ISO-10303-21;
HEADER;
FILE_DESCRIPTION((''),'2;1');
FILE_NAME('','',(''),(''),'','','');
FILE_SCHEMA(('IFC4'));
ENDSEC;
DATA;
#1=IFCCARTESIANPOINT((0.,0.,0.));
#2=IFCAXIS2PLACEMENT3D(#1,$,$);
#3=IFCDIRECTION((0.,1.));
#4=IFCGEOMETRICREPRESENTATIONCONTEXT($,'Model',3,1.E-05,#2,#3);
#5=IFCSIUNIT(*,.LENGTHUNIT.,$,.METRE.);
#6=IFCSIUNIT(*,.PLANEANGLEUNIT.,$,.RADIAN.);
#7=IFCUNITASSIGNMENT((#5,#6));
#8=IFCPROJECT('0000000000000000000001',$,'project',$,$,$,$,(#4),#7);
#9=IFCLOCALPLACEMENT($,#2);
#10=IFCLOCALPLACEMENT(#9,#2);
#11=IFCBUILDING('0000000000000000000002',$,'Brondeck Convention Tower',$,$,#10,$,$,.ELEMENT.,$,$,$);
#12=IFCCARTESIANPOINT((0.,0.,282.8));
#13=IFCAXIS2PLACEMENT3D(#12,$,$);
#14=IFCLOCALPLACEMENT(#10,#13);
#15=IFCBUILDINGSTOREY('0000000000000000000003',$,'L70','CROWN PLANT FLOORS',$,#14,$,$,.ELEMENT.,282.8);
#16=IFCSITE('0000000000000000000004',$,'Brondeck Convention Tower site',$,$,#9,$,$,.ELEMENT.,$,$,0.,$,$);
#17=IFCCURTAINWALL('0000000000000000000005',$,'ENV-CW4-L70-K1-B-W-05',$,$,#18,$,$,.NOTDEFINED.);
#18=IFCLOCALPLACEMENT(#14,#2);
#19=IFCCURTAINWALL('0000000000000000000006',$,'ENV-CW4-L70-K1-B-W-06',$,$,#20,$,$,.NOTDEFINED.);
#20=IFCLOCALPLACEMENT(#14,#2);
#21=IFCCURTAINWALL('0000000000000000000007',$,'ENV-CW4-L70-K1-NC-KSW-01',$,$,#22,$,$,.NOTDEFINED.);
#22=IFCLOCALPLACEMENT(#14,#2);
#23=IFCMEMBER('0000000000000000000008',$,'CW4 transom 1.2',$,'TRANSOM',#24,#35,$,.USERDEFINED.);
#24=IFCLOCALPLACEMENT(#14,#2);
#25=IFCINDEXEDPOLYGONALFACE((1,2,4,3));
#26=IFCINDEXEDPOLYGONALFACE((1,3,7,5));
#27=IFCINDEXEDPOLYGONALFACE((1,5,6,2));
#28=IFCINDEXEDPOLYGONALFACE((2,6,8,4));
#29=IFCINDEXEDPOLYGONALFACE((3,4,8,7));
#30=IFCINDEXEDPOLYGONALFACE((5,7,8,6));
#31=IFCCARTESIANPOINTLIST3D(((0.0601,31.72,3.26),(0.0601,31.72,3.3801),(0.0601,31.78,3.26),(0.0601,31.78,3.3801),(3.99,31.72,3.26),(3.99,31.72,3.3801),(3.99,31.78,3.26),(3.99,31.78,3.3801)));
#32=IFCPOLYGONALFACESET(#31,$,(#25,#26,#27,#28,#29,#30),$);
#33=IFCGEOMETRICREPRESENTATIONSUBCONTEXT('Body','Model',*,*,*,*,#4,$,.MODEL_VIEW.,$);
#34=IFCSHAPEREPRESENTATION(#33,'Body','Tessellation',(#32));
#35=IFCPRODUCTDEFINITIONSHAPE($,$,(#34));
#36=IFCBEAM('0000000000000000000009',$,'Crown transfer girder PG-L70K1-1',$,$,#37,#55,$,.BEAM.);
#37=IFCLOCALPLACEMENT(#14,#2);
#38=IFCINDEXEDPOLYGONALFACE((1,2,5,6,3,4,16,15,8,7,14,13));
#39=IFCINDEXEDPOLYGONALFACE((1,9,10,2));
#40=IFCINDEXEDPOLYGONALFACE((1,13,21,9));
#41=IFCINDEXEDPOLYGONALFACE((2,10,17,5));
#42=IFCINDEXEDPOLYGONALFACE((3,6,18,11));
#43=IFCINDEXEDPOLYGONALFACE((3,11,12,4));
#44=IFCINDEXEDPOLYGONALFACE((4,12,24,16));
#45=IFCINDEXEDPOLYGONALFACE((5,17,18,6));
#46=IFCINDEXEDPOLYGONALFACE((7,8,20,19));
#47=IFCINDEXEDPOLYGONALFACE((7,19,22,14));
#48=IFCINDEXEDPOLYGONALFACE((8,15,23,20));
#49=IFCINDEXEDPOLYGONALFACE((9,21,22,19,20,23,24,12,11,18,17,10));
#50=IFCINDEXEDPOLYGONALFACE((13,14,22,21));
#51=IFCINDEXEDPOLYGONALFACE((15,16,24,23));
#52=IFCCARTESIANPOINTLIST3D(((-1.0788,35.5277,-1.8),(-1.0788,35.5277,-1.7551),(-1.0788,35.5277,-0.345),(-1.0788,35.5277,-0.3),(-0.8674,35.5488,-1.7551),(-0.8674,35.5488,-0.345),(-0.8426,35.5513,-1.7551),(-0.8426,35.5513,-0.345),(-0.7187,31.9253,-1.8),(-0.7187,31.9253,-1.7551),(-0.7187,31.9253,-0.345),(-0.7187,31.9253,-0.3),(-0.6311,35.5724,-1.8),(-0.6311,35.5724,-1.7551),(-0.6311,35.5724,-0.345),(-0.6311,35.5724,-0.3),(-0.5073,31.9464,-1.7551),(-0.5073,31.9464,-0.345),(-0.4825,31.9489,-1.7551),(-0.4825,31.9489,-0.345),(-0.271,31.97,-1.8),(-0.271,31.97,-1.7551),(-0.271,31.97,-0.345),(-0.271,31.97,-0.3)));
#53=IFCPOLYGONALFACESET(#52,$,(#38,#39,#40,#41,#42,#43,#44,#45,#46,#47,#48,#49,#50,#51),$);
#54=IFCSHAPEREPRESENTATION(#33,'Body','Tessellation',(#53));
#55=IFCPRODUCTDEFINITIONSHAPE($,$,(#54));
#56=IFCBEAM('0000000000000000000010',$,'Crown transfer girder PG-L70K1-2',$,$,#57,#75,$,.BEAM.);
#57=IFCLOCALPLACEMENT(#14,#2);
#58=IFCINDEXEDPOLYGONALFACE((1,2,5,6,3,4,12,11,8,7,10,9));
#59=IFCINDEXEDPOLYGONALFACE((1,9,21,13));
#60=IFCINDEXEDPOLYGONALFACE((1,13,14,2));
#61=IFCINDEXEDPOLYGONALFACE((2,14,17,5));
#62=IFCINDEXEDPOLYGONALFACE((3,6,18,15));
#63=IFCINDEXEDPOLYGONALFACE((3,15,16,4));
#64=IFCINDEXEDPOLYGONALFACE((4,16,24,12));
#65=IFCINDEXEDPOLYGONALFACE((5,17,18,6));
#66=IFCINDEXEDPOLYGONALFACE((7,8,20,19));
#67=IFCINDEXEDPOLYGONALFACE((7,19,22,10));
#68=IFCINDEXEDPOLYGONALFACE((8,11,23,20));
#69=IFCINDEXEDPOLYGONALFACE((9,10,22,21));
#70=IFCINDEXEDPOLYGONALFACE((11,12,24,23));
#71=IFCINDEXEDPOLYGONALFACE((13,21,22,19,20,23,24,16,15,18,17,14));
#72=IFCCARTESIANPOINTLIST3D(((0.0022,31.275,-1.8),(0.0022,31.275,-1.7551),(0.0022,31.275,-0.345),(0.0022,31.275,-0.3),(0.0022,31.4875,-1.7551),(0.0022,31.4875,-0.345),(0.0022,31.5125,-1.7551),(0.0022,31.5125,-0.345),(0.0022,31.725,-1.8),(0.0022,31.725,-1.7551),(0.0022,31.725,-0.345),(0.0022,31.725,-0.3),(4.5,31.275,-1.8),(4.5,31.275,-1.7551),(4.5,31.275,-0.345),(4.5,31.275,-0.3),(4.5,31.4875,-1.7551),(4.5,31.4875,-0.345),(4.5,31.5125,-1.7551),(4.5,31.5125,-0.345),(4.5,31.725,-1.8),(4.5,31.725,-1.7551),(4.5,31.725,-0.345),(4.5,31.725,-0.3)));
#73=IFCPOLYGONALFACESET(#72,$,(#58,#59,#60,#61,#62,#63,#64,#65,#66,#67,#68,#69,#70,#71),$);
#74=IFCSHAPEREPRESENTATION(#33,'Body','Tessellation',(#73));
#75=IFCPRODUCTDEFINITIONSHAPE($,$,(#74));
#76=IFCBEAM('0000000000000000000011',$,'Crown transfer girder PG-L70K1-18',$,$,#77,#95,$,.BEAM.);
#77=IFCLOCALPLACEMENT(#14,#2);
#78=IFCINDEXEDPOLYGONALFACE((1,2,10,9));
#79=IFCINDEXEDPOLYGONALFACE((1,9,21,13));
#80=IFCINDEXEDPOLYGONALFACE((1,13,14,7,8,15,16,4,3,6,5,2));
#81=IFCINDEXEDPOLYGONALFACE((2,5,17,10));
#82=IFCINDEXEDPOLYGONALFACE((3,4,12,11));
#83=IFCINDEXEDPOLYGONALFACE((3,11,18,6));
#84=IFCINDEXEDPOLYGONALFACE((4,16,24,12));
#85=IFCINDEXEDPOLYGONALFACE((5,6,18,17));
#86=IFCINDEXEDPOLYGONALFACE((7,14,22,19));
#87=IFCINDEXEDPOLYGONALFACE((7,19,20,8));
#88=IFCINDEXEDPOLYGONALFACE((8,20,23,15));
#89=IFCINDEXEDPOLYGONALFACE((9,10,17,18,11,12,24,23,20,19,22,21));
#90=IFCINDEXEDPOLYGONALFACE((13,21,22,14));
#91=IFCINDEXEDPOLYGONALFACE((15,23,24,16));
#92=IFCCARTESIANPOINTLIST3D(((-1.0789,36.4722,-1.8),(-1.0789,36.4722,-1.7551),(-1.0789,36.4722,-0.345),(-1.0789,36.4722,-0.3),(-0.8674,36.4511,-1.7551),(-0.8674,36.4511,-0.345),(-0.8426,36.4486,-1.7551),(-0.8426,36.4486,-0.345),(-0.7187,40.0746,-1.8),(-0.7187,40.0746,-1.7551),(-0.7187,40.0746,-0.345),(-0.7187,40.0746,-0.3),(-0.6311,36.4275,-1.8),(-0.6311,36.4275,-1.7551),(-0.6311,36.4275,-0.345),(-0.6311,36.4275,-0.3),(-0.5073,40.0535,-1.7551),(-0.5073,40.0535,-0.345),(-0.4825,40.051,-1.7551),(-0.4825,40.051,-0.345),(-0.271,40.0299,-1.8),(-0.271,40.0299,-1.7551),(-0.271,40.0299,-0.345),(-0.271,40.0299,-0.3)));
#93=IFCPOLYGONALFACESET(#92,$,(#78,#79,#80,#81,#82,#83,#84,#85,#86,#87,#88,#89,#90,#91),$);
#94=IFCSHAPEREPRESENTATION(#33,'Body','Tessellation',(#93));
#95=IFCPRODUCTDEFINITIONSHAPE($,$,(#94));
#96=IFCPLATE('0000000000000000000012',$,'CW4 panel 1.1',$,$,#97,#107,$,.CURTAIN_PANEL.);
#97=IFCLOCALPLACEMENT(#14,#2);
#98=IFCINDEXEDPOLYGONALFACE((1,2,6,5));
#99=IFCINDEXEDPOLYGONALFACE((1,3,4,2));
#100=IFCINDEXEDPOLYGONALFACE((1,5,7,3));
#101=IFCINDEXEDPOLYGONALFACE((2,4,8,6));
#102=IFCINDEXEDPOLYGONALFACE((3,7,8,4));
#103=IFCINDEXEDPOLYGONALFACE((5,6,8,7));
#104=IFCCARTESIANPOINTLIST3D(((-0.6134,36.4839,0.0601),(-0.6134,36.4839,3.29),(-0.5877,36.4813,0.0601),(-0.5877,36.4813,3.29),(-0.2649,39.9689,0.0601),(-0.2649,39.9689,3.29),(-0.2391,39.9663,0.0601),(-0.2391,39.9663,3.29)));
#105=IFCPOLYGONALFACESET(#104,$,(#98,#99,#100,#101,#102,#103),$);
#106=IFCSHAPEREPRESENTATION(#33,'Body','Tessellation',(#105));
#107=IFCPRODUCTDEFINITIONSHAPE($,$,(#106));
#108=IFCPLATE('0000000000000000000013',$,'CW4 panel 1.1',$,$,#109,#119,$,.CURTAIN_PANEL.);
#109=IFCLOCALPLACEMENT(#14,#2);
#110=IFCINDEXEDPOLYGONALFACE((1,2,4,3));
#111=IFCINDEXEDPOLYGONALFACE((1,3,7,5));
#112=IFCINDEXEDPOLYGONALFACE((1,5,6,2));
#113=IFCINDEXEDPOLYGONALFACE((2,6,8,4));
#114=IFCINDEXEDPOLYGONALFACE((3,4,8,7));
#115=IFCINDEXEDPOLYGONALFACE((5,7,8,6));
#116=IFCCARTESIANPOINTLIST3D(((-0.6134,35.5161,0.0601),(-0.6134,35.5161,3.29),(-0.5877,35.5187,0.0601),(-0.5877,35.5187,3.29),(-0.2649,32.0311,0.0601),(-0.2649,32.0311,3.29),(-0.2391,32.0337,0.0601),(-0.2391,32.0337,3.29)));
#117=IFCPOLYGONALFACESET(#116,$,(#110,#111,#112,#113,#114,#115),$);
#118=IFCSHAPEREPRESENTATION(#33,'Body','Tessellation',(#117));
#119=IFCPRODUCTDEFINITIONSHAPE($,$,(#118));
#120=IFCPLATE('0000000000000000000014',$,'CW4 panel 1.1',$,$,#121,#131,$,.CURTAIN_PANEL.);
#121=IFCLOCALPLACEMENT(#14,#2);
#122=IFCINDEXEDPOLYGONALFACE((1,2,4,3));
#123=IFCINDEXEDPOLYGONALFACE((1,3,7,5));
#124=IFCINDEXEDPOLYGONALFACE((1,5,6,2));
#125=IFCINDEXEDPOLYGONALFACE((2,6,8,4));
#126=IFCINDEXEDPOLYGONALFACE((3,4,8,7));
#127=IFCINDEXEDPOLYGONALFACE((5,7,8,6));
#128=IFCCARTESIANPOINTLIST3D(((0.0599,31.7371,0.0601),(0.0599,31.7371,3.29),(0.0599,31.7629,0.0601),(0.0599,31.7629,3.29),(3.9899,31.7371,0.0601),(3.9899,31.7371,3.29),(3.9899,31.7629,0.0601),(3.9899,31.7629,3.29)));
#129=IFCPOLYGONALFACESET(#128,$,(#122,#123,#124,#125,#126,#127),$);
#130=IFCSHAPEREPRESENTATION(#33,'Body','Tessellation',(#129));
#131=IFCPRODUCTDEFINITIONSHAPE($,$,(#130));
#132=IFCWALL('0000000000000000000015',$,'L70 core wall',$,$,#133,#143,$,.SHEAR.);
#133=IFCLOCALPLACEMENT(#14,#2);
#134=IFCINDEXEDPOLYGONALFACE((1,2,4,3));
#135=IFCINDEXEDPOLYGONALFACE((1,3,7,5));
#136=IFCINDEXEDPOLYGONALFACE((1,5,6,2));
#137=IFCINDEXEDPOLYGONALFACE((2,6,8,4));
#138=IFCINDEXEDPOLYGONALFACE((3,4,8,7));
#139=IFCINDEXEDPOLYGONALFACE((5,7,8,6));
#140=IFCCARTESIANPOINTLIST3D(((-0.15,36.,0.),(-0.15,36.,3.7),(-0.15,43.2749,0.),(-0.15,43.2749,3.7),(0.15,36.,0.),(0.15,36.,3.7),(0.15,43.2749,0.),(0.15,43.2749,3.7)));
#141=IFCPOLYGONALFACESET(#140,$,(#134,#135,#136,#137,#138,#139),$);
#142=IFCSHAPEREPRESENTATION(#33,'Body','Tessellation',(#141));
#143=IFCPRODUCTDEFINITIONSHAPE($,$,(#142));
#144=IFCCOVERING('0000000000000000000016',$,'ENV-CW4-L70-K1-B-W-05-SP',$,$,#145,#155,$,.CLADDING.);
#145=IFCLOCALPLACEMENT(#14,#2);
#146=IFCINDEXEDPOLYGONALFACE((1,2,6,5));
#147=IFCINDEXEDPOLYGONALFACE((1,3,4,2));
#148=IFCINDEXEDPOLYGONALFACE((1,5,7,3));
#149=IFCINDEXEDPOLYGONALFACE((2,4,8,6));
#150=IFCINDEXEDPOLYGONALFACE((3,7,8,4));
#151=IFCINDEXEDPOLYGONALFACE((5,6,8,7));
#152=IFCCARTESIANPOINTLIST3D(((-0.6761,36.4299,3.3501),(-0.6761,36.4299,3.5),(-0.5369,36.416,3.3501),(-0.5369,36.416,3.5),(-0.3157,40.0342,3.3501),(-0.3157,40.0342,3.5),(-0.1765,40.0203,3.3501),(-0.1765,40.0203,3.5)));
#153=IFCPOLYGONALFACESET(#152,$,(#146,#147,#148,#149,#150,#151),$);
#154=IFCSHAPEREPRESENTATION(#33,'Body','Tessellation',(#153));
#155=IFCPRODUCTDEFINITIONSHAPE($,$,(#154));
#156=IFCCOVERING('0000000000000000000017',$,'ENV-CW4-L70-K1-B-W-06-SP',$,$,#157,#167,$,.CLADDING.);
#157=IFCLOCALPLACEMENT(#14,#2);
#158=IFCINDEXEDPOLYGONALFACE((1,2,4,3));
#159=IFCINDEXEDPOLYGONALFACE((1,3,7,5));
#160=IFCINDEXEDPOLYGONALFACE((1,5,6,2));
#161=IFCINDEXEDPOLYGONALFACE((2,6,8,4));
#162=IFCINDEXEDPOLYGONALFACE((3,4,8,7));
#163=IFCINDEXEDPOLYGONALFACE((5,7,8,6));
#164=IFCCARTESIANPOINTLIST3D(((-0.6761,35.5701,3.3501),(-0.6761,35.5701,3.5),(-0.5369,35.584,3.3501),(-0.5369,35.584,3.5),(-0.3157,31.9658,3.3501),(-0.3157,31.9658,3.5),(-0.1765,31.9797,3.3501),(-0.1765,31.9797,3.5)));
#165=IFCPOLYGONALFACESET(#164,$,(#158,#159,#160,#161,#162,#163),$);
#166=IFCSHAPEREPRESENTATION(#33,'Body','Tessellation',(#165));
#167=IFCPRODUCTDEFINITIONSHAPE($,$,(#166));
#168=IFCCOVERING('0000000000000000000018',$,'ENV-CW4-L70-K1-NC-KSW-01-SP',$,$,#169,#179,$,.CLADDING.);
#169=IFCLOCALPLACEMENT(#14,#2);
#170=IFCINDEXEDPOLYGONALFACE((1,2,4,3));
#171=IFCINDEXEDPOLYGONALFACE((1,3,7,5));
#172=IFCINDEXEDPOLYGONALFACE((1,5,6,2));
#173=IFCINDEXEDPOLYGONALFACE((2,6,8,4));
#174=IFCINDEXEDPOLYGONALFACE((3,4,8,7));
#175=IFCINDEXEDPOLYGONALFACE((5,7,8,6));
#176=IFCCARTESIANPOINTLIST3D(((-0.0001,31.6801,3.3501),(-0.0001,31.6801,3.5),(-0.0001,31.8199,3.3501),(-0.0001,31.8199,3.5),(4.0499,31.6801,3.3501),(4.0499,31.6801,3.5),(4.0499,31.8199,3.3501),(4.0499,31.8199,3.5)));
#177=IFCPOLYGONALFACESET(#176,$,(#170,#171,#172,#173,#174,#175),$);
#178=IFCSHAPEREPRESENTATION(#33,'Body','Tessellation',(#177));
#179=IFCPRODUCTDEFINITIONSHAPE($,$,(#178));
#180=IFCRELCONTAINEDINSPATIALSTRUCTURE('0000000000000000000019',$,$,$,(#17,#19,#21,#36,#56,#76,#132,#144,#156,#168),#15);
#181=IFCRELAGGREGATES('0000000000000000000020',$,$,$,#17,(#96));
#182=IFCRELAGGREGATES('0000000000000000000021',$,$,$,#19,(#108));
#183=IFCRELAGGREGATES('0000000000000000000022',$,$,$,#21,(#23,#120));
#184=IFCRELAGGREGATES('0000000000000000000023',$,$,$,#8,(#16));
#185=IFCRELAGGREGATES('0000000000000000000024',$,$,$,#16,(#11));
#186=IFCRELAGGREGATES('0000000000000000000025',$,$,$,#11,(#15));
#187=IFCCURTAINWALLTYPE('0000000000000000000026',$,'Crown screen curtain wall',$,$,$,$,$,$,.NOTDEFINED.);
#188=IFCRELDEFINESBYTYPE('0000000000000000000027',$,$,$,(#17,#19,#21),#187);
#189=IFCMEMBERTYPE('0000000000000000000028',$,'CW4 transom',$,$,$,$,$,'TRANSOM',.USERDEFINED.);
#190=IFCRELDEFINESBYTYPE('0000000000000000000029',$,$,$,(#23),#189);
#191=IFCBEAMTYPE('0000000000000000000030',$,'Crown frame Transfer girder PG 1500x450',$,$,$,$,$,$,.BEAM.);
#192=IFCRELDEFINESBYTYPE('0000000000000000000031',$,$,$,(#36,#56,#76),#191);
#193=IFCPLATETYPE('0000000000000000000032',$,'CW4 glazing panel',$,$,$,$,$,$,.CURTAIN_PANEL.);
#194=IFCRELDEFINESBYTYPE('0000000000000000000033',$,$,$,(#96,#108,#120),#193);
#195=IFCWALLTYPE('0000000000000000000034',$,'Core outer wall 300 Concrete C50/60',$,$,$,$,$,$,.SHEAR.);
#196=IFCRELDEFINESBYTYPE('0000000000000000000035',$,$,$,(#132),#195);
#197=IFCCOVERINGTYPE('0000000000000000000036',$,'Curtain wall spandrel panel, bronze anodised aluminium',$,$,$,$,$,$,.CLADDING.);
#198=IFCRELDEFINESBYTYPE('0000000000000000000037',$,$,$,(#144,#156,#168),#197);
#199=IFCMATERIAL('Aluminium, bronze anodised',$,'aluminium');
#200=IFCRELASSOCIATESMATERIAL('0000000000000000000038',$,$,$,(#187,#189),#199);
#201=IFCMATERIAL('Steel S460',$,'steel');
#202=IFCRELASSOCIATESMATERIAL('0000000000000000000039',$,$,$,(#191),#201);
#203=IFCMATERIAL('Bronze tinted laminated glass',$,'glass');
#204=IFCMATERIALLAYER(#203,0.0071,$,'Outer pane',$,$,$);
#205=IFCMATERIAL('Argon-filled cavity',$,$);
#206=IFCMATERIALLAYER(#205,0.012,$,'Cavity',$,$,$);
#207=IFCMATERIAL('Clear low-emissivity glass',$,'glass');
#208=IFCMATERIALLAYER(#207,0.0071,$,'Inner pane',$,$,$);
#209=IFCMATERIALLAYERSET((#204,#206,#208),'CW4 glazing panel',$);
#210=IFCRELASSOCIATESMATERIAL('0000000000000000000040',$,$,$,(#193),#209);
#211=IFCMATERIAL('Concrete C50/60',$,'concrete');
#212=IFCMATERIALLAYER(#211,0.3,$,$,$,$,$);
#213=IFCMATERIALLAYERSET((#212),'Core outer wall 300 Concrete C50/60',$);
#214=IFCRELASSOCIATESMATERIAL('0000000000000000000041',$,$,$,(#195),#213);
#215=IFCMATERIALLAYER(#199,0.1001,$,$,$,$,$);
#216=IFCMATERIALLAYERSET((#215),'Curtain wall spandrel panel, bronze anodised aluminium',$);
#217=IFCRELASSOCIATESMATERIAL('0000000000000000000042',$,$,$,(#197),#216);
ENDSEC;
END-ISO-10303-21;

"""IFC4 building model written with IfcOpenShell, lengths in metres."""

from ifc_helpers import new_model, si_unit, direction, frame, frame_2d, origin, origin_2d, place, context, subcontext, project, spatial, rectangle, i_section, extrude, material, layer, layer_set, material_profile, profile_set, type_object, element, aggregate, save


model = new_model("IFC4")

# Units and contexts
model_context = context("Model", 3, precision=1e-05, world=origin(), true_north=direction((0.0, 1.0)))
body_context = subcontext(model_context, "Body", "Model", "MODEL_VIEW")
ifc_project = project(units=[si_unit("LENGTHUNIT", "METRE"), si_unit("PLANEANGLEUNIT", "RADIAN")], contexts=[model_context])

# Site, building, storey
site_placement = place(None, origin())
site = spatial("IfcSite", under=ifc_project, at=site_placement, Name="Brondeck Convention Tower site", CompositionType="ELEMENT", RefElevation=0.0)
building_placement = place(site_placement, origin())
building = spatial("IfcBuilding", under=site, at=building_placement, Name="Brondeck Convention Tower", CompositionType="ELEMENT")
storey_placement = place(building_placement, frame((0.0, 0.0, 282.8)))
storey = spatial("IfcBuildingStorey", under=building, at=storey_placement, Name="L70", Description="CROWN PLANT FLOORS", CompositionType="ELEMENT", Elevation=282.8)

# Shared definitions
ifc_material_1 = material(Name="Concrete C50/60", Category="concrete")

# Shared definitions
ifc_material_2 = material(Name="Aluminium, bronze anodised", Category="aluminium")
curtain_wall_type = type_object("IfcCurtainWallType", Name="Crown screen curtain wall", PredefinedType="NOTDEFINED", material=ifc_material_2)

# Curtain walls
curtain_wall_1_placement = place(storey_placement, origin())
curtain_wall_1 = element("IfcCurtainWall", 1, at=curtain_wall_1_placement, inside=storey, type_object=curtain_wall_type, Name="ENV-CW4-L70-K1-B-W-05", PredefinedType="NOTDEFINED")
curtain_wall_2_placement = place(storey_placement, origin())
curtain_wall_2 = element("IfcCurtainWall", 2, at=curtain_wall_2_placement, inside=storey, type_object=curtain_wall_type, Name="ENV-CW4-L70-K1-B-W-06", PredefinedType="NOTDEFINED")
curtain_wall_3_placement = place(storey_placement, origin())
curtain_wall_3 = element("IfcCurtainWall", 3, at=curtain_wall_3_placement, inside=storey, type_object=curtain_wall_type, Name="ENV-CW4-L70-K1-NC-KSW-01", PredefinedType="NOTDEFINED")

# Member
ifc_material_profile_1 = material_profile(ifc_material_2, rectangle(XDim=0.0601, YDim=0.1201, at=origin_2d()), Name="CW4 transom")
ifc_profile_set_1 = profile_set([ifc_material_profile_1], Name="Aluminium, bronze anodised")
member_type_1 = type_object("IfcMemberType", Name="CW4 transom", ElementType="TRANSOM", PredefinedType="USERDEFINED", material=ifc_profile_set_1)
member_1_placement = place(storey_placement, frame((3.99, 31.75, 3.3201), z_axis=(-1.0, 0.0, 0.0), x_axis=(0.0, -1.0, 0.0)))
member_1 = element("IfcMember", 4, at=member_1_placement, type_object=member_type_1, Name="CW4 transom 1.2", ObjectType="TRANSOM", PredefinedType="USERDEFINED", context=body_context, shape_type="SweptSolid", body=[
    extrude(rectangle(XDim=0.0601, YDim=0.1201, at=origin_2d()), origin(), (0.0, 0.0, 1.0), 3.9299),
])

# Beams
ifc_material_3 = material(Name="Steel S460", Category="steel")
ifc_material_profile_2 = material_profile(ifc_material_3, i_section(OverallWidth=0.45, OverallDepth=1.5, WebThickness=0.0249, FlangeThickness=0.0449, at=origin_2d()), Name="PG 1500x450")
ifc_profile_set_2 = profile_set([ifc_material_profile_2], Name="Steel S460")
beam_type = type_object("IfcBeamType", Name="Crown frame Transfer girder PG 1500x450", PredefinedType="BEAM", material=ifc_profile_set_2)
beam_1_placement = place(storey_placement, frame((-0.855, 35.55, -1.05), z_axis=(0.09947, -0.995041, 0.0), x_axis=(0.995041, 0.09947, 0.0)))
element("IfcBeam", 5, at=beam_1_placement, inside=storey, type_object=beam_type, Name="Crown transfer girder PG-L70K1-1", PredefinedType="BEAM", context=body_context, shape_type="SweptSolid", body=[
    extrude(i_section(OverallWidth=0.45, OverallDepth=1.5, WebThickness=0.0249, FlangeThickness=0.0449, at=origin_2d()), origin(), (0.0, 0.0, 1.0), 3.6204),
])
beam_2_placement = place(storey_placement, frame((0.0022, 31.5, -1.05), z_axis=(1.0, 0.0, 0.0), x_axis=(0.0, 1.0, 0.0)))
element("IfcBeam", 6, at=beam_2_placement, inside=storey, type_object=beam_type, Name="Crown transfer girder PG-L70K1-2", PredefinedType="BEAM", context=body_context, shape_type="SweptSolid", body=[
    extrude(i_section(OverallWidth=0.45, OverallDepth=1.5, WebThickness=0.0249, FlangeThickness=0.0449, at=origin_2d()), origin(), (0.0, 0.0, 1.0), 4.4978),
])
beam_3_placement = place(storey_placement, frame((-0.4949, 40.0522, -1.05), z_axis=(-0.09947, -0.995041, 0.0), x_axis=(0.995041, -0.09947, 0.0)))
element("IfcBeam", 7, at=beam_3_placement, inside=storey, type_object=beam_type, Name="Crown transfer girder PG-L70K1-18", PredefinedType="BEAM", context=body_context, shape_type="SweptSolid", body=[
    extrude(i_section(OverallWidth=0.45, OverallDepth=1.5, WebThickness=0.0249, FlangeThickness=0.0449, at=origin_2d()), origin(), (0.0, 0.0, 1.0), 3.6204),
])

# Plates
ifc_material_4 = material(Name="Bronze tinted laminated glass", Category="glass")
ifc_layer_1 = layer(ifc_material_4, 0.0071, Name="Outer pane")
ifc_material_5 = material(Name="Argon-filled cavity")
ifc_layer_2 = layer(ifc_material_5, 0.012, Name="Cavity")
ifc_material_6 = material(Name="Clear low-emissivity glass", Category="glass")
ifc_layer_3 = layer(ifc_material_6, 0.0071, Name="Inner pane")
ifc_layer_set_1 = layer_set([ifc_layer_1, ifc_layer_2, ifc_layer_3], Name="CW4 glazing panel")
plate_type = type_object("IfcPlateType", Name="CW4 glazing panel", PredefinedType="CURTAIN_PANEL", material=ifc_layer_set_1)
plate_1_placement = place(storey_placement, frame((-0.4263, 38.2251, 0.0601), z_axis=(0.0, 0.0, 1.0), x_axis=(0.099517, 0.995036, 0.0)))
plate_1 = element("IfcPlate", 8, at=plate_1_placement, type_object=plate_type, Name="CW4 panel 1.1", PredefinedType="CURTAIN_PANEL", context=body_context, shape_type="SweptSolid", body=[
    extrude(rectangle(XDim=3.5024, YDim=0.0259, at=origin_2d()), origin(), (0.0, 0.0, 1.0), 3.23),
])
aggregate(curtain_wall_1, [plate_1])
plate_2_placement = place(storey_placement, frame((-0.4263, 33.7749, 0.0601), z_axis=(0.0, 0.0, 1.0), x_axis=(-0.099517, 0.995036, 0.0)))
plate_2 = element("IfcPlate", 9, at=plate_2_placement, type_object=plate_type, Name="CW4 panel 1.1", PredefinedType="CURTAIN_PANEL", context=body_context, shape_type="SweptSolid", body=[
    extrude(rectangle(XDim=3.5024, YDim=0.0259, at=origin_2d()), origin(), (0.0, 0.0, 1.0), 3.23),
])
aggregate(curtain_wall_2, [plate_2])
plate_3_placement = place(storey_placement, frame((2.0249, 31.75, 0.0601), z_axis=(0.0, 0.0, 1.0), x_axis=(-1.0, 0.0, 0.0)))
plate_3 = element("IfcPlate", 10, at=plate_3_placement, type_object=plate_type, Name="CW4 panel 1.1", PredefinedType="CURTAIN_PANEL", context=body_context, shape_type="SweptSolid", body=[
    extrude(rectangle(XDim=3.9299, YDim=0.0259, at=origin_2d()), origin(), (0.0, 0.0, 1.0), 3.23),
])
aggregate(curtain_wall_3, [member_1, plate_3])

# Wall
ifc_layer_4 = layer(ifc_material_1, 0.3)
ifc_layer_set_2 = layer_set([ifc_layer_4], Name="Core outer wall 300 Concrete C50/60")
wall_type = type_object("IfcWallType", Name="Core outer wall 300 Concrete C50/60", PredefinedType="SHEAR", material=ifc_layer_set_2)
wall_placement = place(storey_placement, frame((0.0, 36.0, 0.0), z_axis=(0.0, 0.0, 1.0), x_axis=(0.0, 1.0, 0.0)))
element("IfcWall", 11, at=wall_placement, inside=storey, type_object=wall_type, Name="L70 core wall", PredefinedType="SHEAR", context=body_context, shape_type="SweptSolid", body=[
    extrude(rectangle(XDim=7.2749, YDim=0.3, at=frame_2d((3.6375, 0.0))), origin(), (0.0, 0.0, 1.0), 3.7),
])

# Coverings
ifc_layer_5 = layer(ifc_material_2, 0.1001)
ifc_layer_set_3 = layer_set([ifc_layer_5], Name="Curtain wall spandrel panel, bronze anodised aluminium")
covering_type = type_object("IfcCoveringType", Name="Curtain wall spandrel panel, bronze anodised aluminium", PredefinedType="CLADDING", material=ifc_layer_set_3)
for number, where, z_axis, x_axis, name in (
    (12, (-0.4263, 38.2251, 3.3501), (0.0, 0.0, 1.0), (0.099504, 0.995037, 0.0), "ENV-CW4-L70-K1-B-W-05-SP"),
    (13, (-0.4263, 33.7749, 3.3501), (0.0, 0.0, 1.0), (-0.099504, 0.995037, 0.0), "ENV-CW4-L70-K1-B-W-06-SP"),
):
    element("IfcCovering", number, at=place(storey_placement, frame(where, z_axis=z_axis, x_axis=x_axis)), inside=storey, type_object=covering_type, Name=name, PredefinedType="CLADDING", context=body_context, shape_type="SweptSolid", body=[
        extrude(rectangle(XDim=3.6223, YDim=0.1399, at=origin_2d()), origin(), (0.0, 0.0, 1.0), 0.1499),
    ])
covering_placement = place(storey_placement, frame((2.0249, 31.75, 3.3501), z_axis=(0.0, 0.0, 1.0), x_axis=(-1.0, 0.0, 0.0)))
element("IfcCovering", 14, at=covering_placement, inside=storey, type_object=covering_type, Name="ENV-CW4-L70-K1-NC-KSW-01-SP", PredefinedType="CLADDING", context=body_context, shape_type="SweptSolid", body=[
    extrude(rectangle(XDim=4.05, YDim=0.1399, at=origin_2d()), origin(), (0.0, 0.0, 1.0), 0.1499),
])

save(model, "model.ifc")
